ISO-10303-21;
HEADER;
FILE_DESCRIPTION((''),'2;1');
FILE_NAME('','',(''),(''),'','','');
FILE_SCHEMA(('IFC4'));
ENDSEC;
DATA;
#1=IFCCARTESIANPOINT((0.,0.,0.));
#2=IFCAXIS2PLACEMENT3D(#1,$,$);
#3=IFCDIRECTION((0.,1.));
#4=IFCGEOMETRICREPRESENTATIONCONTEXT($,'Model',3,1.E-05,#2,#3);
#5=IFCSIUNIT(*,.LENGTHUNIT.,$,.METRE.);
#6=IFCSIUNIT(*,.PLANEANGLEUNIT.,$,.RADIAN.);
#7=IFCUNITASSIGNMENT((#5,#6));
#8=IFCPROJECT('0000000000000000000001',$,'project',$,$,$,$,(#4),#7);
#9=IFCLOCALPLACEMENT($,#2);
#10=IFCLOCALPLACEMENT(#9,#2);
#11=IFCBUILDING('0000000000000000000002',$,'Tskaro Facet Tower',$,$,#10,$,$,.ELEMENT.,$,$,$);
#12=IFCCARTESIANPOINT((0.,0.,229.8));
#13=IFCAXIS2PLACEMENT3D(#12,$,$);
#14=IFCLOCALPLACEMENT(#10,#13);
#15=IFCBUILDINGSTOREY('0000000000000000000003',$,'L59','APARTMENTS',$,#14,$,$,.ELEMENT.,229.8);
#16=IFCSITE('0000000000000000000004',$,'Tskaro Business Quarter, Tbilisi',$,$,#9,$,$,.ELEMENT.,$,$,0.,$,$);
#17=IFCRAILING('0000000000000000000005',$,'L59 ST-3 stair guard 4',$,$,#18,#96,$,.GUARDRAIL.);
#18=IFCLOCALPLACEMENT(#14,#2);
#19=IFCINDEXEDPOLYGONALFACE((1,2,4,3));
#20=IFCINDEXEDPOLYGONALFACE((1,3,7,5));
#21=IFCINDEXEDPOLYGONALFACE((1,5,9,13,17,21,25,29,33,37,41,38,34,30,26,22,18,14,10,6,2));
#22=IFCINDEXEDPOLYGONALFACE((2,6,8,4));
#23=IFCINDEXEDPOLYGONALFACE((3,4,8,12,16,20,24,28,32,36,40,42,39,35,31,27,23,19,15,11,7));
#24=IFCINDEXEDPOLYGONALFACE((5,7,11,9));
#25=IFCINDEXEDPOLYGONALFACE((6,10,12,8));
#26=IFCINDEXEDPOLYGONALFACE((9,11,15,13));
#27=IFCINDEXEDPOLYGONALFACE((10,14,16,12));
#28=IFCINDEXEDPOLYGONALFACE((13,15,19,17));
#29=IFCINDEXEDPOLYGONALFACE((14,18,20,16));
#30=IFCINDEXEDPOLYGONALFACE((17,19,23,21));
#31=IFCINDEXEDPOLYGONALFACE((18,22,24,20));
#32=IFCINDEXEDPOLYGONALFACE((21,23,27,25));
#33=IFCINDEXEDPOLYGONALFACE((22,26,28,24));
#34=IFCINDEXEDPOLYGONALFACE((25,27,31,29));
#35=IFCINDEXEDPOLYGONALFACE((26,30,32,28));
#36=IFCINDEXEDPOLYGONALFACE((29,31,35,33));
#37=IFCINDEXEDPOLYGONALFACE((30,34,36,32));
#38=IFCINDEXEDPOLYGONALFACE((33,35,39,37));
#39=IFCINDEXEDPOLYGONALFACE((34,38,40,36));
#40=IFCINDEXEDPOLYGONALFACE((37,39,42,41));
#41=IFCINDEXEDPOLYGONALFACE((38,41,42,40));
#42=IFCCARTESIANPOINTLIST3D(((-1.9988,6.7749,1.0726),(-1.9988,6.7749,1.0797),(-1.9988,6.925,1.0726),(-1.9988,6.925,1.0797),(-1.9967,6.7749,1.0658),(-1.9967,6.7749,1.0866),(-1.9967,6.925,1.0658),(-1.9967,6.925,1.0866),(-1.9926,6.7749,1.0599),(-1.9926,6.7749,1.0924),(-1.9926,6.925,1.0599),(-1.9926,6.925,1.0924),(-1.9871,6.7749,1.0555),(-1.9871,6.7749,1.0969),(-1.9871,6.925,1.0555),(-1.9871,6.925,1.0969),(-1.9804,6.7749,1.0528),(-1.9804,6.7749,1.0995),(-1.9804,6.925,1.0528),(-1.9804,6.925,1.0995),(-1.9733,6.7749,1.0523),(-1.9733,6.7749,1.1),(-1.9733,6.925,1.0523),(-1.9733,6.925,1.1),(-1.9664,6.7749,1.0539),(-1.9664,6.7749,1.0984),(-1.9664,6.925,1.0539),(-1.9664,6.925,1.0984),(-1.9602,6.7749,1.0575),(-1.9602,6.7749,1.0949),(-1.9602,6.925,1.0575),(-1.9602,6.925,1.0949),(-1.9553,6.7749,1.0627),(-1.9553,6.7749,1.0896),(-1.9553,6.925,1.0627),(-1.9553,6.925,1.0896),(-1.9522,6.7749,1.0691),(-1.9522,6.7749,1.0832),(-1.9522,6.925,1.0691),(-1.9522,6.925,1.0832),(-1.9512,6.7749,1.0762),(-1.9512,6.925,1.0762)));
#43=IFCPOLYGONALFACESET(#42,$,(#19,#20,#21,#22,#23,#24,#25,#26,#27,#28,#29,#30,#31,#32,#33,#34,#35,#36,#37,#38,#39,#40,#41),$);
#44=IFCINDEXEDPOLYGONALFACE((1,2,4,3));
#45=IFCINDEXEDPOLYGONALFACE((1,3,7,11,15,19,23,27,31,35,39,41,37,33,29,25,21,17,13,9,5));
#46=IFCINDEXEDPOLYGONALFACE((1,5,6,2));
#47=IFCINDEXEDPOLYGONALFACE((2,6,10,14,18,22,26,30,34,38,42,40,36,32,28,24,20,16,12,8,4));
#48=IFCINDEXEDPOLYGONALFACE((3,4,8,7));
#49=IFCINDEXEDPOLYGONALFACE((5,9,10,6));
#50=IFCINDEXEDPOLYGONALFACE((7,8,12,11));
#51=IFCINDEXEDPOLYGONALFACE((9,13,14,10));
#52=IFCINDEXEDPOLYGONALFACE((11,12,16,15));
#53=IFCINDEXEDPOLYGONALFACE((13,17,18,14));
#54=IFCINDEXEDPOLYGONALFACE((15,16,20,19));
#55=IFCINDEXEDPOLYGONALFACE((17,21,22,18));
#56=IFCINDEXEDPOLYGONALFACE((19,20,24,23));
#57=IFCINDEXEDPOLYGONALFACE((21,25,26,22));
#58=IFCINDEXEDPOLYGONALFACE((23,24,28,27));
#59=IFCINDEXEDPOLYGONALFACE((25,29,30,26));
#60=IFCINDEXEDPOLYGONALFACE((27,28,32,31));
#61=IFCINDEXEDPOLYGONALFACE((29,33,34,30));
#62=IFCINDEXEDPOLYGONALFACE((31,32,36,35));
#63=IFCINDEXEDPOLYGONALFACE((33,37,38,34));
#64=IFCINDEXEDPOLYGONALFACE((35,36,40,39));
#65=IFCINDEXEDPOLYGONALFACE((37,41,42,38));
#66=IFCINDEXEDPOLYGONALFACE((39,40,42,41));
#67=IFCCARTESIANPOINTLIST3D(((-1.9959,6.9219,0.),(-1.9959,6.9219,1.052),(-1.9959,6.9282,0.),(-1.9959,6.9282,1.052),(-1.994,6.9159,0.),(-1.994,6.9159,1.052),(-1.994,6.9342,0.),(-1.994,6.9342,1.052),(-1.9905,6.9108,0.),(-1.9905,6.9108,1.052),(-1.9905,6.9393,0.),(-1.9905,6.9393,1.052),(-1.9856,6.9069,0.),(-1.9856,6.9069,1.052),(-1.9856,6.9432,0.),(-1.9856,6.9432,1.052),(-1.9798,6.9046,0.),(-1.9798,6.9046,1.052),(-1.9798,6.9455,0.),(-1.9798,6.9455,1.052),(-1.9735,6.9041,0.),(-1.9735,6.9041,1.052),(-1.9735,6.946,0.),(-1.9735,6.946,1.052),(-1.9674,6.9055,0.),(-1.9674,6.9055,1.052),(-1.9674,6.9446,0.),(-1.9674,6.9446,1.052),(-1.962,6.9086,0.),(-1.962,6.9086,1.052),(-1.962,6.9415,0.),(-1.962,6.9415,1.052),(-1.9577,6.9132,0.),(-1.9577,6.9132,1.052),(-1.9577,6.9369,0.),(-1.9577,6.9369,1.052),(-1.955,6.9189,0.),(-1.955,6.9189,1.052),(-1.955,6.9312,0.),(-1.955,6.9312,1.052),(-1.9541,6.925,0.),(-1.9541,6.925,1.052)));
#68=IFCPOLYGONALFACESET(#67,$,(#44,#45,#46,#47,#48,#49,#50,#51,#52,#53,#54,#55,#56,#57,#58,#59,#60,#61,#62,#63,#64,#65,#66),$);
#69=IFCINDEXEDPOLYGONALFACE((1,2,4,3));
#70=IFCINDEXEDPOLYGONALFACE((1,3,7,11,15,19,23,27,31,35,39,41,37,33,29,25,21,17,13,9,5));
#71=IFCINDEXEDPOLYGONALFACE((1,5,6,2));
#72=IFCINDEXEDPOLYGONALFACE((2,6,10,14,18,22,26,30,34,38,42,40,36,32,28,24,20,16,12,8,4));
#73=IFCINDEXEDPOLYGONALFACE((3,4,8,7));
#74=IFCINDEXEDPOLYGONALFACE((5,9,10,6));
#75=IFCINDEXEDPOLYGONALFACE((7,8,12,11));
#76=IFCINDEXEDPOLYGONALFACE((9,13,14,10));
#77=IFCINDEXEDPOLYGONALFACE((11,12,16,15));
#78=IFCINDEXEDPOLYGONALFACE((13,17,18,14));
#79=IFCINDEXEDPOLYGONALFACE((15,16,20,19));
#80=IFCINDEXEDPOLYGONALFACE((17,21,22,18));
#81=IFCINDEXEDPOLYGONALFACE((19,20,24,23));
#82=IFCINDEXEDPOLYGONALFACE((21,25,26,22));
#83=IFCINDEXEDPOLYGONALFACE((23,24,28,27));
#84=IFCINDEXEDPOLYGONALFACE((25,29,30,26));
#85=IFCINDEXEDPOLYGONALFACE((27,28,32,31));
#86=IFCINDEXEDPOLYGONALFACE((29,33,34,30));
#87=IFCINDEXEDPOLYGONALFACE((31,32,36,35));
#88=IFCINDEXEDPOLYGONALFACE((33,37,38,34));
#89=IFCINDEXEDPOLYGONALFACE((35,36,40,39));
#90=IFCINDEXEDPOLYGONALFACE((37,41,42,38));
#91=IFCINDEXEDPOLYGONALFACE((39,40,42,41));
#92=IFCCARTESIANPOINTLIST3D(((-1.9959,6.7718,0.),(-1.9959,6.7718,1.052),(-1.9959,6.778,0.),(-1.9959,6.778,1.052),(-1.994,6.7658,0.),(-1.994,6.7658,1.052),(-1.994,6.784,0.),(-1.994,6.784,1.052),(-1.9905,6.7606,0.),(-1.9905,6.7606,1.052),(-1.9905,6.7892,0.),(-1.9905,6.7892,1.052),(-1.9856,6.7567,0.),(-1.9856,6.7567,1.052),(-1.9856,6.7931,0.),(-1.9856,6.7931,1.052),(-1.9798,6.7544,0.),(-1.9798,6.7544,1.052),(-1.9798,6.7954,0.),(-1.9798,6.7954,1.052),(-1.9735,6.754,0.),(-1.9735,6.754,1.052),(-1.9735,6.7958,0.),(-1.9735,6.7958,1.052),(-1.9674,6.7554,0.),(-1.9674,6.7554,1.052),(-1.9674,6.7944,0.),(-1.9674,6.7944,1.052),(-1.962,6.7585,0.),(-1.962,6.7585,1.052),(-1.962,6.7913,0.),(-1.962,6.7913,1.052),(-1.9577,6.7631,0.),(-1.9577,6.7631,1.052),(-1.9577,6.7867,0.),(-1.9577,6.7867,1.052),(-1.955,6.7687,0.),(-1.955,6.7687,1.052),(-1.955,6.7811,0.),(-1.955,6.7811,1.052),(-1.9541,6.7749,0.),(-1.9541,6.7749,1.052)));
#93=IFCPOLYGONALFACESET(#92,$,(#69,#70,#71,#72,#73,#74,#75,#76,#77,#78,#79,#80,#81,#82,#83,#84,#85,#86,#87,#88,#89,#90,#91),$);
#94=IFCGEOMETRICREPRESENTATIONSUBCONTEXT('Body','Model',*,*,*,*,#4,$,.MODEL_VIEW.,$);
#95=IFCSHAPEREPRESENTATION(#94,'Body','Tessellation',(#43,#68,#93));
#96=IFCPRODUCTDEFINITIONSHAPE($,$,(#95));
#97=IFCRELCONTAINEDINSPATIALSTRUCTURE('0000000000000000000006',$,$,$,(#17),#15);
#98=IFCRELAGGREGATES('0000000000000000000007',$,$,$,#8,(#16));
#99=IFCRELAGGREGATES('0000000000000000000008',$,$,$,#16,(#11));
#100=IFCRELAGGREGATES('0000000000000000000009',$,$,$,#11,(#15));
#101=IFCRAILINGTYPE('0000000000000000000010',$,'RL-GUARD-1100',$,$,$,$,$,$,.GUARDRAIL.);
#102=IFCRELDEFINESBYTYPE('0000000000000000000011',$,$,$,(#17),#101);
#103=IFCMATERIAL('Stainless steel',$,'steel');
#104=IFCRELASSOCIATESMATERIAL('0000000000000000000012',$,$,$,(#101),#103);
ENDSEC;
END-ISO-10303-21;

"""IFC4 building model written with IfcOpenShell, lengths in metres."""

from ifc_helpers import new_model, si_unit, direction, frame, origin, origin_2d, place, context, subcontext, project, spatial, circle, extrude, material, type_object, element, save


model = new_model("IFC4")

# Units and contexts
model_context = context("Model", 3, precision=1e-05, world=origin(), true_north=direction((0.0, 1.0)))
body_context = subcontext(model_context, "Body", "Model", "MODEL_VIEW")
ifc_project = project(units=[si_unit("LENGTHUNIT", "METRE"), si_unit("PLANEANGLEUNIT", "RADIAN")], contexts=[model_context])

# Site, building, storey
site_placement = place(None, origin())
site = spatial("IfcSite", under=ifc_project, at=site_placement, Name="Tskaro Business Quarter, Tbilisi", CompositionType="ELEMENT", RefElevation=0.0)
building_placement = place(site_placement, origin())
building = spatial("IfcBuilding", under=site, at=building_placement, Name="Tskaro Facet Tower", CompositionType="ELEMENT")
storey_placement = place(building_placement, frame((0.0, 0.0, 229.8)))
storey = spatial("IfcBuildingStorey", under=building, at=storey_placement, Name="L59", Description="APARTMENTS", CompositionType="ELEMENT", Elevation=229.8)

# Railing
ifc_material_1 = material(Name="Stainless steel", Category="steel")
railing_type_1 = type_object("IfcRailingType", Name="RL-GUARD-1100", PredefinedType="GUARDRAIL", material=ifc_material_1)
railing_1_placement = place(storey_placement, frame((-1.9751, 6.925, 0.0)))
element("IfcRailing", 1, at=railing_1_placement, inside=storey, type_object=railing_type_1, Name="L59 ST-3 stair guard 4", PredefinedType="GUARDRAIL", context=body_context, shape_type="SweptSolid", body=[
    extrude(circle(Radius=0.0239, at=origin_2d()), frame((0.0, 0.0, 1.0762), z_axis=(0.0, -1.0, 0.0), x_axis=(1.0, 0.0, 0.0)), (0.0, 0.0, 1.0), 0.1501),
    extrude(circle(Radius=0.021, at=origin_2d()), origin(), (0.0, 0.0, 1.0), 1.052),
    extrude(circle(Radius=0.021, at=origin_2d()), frame((0.0, -0.1501, 0.0)), (0.0, 0.0, 1.0), 1.052),
])

save(model, "model.ifc")
